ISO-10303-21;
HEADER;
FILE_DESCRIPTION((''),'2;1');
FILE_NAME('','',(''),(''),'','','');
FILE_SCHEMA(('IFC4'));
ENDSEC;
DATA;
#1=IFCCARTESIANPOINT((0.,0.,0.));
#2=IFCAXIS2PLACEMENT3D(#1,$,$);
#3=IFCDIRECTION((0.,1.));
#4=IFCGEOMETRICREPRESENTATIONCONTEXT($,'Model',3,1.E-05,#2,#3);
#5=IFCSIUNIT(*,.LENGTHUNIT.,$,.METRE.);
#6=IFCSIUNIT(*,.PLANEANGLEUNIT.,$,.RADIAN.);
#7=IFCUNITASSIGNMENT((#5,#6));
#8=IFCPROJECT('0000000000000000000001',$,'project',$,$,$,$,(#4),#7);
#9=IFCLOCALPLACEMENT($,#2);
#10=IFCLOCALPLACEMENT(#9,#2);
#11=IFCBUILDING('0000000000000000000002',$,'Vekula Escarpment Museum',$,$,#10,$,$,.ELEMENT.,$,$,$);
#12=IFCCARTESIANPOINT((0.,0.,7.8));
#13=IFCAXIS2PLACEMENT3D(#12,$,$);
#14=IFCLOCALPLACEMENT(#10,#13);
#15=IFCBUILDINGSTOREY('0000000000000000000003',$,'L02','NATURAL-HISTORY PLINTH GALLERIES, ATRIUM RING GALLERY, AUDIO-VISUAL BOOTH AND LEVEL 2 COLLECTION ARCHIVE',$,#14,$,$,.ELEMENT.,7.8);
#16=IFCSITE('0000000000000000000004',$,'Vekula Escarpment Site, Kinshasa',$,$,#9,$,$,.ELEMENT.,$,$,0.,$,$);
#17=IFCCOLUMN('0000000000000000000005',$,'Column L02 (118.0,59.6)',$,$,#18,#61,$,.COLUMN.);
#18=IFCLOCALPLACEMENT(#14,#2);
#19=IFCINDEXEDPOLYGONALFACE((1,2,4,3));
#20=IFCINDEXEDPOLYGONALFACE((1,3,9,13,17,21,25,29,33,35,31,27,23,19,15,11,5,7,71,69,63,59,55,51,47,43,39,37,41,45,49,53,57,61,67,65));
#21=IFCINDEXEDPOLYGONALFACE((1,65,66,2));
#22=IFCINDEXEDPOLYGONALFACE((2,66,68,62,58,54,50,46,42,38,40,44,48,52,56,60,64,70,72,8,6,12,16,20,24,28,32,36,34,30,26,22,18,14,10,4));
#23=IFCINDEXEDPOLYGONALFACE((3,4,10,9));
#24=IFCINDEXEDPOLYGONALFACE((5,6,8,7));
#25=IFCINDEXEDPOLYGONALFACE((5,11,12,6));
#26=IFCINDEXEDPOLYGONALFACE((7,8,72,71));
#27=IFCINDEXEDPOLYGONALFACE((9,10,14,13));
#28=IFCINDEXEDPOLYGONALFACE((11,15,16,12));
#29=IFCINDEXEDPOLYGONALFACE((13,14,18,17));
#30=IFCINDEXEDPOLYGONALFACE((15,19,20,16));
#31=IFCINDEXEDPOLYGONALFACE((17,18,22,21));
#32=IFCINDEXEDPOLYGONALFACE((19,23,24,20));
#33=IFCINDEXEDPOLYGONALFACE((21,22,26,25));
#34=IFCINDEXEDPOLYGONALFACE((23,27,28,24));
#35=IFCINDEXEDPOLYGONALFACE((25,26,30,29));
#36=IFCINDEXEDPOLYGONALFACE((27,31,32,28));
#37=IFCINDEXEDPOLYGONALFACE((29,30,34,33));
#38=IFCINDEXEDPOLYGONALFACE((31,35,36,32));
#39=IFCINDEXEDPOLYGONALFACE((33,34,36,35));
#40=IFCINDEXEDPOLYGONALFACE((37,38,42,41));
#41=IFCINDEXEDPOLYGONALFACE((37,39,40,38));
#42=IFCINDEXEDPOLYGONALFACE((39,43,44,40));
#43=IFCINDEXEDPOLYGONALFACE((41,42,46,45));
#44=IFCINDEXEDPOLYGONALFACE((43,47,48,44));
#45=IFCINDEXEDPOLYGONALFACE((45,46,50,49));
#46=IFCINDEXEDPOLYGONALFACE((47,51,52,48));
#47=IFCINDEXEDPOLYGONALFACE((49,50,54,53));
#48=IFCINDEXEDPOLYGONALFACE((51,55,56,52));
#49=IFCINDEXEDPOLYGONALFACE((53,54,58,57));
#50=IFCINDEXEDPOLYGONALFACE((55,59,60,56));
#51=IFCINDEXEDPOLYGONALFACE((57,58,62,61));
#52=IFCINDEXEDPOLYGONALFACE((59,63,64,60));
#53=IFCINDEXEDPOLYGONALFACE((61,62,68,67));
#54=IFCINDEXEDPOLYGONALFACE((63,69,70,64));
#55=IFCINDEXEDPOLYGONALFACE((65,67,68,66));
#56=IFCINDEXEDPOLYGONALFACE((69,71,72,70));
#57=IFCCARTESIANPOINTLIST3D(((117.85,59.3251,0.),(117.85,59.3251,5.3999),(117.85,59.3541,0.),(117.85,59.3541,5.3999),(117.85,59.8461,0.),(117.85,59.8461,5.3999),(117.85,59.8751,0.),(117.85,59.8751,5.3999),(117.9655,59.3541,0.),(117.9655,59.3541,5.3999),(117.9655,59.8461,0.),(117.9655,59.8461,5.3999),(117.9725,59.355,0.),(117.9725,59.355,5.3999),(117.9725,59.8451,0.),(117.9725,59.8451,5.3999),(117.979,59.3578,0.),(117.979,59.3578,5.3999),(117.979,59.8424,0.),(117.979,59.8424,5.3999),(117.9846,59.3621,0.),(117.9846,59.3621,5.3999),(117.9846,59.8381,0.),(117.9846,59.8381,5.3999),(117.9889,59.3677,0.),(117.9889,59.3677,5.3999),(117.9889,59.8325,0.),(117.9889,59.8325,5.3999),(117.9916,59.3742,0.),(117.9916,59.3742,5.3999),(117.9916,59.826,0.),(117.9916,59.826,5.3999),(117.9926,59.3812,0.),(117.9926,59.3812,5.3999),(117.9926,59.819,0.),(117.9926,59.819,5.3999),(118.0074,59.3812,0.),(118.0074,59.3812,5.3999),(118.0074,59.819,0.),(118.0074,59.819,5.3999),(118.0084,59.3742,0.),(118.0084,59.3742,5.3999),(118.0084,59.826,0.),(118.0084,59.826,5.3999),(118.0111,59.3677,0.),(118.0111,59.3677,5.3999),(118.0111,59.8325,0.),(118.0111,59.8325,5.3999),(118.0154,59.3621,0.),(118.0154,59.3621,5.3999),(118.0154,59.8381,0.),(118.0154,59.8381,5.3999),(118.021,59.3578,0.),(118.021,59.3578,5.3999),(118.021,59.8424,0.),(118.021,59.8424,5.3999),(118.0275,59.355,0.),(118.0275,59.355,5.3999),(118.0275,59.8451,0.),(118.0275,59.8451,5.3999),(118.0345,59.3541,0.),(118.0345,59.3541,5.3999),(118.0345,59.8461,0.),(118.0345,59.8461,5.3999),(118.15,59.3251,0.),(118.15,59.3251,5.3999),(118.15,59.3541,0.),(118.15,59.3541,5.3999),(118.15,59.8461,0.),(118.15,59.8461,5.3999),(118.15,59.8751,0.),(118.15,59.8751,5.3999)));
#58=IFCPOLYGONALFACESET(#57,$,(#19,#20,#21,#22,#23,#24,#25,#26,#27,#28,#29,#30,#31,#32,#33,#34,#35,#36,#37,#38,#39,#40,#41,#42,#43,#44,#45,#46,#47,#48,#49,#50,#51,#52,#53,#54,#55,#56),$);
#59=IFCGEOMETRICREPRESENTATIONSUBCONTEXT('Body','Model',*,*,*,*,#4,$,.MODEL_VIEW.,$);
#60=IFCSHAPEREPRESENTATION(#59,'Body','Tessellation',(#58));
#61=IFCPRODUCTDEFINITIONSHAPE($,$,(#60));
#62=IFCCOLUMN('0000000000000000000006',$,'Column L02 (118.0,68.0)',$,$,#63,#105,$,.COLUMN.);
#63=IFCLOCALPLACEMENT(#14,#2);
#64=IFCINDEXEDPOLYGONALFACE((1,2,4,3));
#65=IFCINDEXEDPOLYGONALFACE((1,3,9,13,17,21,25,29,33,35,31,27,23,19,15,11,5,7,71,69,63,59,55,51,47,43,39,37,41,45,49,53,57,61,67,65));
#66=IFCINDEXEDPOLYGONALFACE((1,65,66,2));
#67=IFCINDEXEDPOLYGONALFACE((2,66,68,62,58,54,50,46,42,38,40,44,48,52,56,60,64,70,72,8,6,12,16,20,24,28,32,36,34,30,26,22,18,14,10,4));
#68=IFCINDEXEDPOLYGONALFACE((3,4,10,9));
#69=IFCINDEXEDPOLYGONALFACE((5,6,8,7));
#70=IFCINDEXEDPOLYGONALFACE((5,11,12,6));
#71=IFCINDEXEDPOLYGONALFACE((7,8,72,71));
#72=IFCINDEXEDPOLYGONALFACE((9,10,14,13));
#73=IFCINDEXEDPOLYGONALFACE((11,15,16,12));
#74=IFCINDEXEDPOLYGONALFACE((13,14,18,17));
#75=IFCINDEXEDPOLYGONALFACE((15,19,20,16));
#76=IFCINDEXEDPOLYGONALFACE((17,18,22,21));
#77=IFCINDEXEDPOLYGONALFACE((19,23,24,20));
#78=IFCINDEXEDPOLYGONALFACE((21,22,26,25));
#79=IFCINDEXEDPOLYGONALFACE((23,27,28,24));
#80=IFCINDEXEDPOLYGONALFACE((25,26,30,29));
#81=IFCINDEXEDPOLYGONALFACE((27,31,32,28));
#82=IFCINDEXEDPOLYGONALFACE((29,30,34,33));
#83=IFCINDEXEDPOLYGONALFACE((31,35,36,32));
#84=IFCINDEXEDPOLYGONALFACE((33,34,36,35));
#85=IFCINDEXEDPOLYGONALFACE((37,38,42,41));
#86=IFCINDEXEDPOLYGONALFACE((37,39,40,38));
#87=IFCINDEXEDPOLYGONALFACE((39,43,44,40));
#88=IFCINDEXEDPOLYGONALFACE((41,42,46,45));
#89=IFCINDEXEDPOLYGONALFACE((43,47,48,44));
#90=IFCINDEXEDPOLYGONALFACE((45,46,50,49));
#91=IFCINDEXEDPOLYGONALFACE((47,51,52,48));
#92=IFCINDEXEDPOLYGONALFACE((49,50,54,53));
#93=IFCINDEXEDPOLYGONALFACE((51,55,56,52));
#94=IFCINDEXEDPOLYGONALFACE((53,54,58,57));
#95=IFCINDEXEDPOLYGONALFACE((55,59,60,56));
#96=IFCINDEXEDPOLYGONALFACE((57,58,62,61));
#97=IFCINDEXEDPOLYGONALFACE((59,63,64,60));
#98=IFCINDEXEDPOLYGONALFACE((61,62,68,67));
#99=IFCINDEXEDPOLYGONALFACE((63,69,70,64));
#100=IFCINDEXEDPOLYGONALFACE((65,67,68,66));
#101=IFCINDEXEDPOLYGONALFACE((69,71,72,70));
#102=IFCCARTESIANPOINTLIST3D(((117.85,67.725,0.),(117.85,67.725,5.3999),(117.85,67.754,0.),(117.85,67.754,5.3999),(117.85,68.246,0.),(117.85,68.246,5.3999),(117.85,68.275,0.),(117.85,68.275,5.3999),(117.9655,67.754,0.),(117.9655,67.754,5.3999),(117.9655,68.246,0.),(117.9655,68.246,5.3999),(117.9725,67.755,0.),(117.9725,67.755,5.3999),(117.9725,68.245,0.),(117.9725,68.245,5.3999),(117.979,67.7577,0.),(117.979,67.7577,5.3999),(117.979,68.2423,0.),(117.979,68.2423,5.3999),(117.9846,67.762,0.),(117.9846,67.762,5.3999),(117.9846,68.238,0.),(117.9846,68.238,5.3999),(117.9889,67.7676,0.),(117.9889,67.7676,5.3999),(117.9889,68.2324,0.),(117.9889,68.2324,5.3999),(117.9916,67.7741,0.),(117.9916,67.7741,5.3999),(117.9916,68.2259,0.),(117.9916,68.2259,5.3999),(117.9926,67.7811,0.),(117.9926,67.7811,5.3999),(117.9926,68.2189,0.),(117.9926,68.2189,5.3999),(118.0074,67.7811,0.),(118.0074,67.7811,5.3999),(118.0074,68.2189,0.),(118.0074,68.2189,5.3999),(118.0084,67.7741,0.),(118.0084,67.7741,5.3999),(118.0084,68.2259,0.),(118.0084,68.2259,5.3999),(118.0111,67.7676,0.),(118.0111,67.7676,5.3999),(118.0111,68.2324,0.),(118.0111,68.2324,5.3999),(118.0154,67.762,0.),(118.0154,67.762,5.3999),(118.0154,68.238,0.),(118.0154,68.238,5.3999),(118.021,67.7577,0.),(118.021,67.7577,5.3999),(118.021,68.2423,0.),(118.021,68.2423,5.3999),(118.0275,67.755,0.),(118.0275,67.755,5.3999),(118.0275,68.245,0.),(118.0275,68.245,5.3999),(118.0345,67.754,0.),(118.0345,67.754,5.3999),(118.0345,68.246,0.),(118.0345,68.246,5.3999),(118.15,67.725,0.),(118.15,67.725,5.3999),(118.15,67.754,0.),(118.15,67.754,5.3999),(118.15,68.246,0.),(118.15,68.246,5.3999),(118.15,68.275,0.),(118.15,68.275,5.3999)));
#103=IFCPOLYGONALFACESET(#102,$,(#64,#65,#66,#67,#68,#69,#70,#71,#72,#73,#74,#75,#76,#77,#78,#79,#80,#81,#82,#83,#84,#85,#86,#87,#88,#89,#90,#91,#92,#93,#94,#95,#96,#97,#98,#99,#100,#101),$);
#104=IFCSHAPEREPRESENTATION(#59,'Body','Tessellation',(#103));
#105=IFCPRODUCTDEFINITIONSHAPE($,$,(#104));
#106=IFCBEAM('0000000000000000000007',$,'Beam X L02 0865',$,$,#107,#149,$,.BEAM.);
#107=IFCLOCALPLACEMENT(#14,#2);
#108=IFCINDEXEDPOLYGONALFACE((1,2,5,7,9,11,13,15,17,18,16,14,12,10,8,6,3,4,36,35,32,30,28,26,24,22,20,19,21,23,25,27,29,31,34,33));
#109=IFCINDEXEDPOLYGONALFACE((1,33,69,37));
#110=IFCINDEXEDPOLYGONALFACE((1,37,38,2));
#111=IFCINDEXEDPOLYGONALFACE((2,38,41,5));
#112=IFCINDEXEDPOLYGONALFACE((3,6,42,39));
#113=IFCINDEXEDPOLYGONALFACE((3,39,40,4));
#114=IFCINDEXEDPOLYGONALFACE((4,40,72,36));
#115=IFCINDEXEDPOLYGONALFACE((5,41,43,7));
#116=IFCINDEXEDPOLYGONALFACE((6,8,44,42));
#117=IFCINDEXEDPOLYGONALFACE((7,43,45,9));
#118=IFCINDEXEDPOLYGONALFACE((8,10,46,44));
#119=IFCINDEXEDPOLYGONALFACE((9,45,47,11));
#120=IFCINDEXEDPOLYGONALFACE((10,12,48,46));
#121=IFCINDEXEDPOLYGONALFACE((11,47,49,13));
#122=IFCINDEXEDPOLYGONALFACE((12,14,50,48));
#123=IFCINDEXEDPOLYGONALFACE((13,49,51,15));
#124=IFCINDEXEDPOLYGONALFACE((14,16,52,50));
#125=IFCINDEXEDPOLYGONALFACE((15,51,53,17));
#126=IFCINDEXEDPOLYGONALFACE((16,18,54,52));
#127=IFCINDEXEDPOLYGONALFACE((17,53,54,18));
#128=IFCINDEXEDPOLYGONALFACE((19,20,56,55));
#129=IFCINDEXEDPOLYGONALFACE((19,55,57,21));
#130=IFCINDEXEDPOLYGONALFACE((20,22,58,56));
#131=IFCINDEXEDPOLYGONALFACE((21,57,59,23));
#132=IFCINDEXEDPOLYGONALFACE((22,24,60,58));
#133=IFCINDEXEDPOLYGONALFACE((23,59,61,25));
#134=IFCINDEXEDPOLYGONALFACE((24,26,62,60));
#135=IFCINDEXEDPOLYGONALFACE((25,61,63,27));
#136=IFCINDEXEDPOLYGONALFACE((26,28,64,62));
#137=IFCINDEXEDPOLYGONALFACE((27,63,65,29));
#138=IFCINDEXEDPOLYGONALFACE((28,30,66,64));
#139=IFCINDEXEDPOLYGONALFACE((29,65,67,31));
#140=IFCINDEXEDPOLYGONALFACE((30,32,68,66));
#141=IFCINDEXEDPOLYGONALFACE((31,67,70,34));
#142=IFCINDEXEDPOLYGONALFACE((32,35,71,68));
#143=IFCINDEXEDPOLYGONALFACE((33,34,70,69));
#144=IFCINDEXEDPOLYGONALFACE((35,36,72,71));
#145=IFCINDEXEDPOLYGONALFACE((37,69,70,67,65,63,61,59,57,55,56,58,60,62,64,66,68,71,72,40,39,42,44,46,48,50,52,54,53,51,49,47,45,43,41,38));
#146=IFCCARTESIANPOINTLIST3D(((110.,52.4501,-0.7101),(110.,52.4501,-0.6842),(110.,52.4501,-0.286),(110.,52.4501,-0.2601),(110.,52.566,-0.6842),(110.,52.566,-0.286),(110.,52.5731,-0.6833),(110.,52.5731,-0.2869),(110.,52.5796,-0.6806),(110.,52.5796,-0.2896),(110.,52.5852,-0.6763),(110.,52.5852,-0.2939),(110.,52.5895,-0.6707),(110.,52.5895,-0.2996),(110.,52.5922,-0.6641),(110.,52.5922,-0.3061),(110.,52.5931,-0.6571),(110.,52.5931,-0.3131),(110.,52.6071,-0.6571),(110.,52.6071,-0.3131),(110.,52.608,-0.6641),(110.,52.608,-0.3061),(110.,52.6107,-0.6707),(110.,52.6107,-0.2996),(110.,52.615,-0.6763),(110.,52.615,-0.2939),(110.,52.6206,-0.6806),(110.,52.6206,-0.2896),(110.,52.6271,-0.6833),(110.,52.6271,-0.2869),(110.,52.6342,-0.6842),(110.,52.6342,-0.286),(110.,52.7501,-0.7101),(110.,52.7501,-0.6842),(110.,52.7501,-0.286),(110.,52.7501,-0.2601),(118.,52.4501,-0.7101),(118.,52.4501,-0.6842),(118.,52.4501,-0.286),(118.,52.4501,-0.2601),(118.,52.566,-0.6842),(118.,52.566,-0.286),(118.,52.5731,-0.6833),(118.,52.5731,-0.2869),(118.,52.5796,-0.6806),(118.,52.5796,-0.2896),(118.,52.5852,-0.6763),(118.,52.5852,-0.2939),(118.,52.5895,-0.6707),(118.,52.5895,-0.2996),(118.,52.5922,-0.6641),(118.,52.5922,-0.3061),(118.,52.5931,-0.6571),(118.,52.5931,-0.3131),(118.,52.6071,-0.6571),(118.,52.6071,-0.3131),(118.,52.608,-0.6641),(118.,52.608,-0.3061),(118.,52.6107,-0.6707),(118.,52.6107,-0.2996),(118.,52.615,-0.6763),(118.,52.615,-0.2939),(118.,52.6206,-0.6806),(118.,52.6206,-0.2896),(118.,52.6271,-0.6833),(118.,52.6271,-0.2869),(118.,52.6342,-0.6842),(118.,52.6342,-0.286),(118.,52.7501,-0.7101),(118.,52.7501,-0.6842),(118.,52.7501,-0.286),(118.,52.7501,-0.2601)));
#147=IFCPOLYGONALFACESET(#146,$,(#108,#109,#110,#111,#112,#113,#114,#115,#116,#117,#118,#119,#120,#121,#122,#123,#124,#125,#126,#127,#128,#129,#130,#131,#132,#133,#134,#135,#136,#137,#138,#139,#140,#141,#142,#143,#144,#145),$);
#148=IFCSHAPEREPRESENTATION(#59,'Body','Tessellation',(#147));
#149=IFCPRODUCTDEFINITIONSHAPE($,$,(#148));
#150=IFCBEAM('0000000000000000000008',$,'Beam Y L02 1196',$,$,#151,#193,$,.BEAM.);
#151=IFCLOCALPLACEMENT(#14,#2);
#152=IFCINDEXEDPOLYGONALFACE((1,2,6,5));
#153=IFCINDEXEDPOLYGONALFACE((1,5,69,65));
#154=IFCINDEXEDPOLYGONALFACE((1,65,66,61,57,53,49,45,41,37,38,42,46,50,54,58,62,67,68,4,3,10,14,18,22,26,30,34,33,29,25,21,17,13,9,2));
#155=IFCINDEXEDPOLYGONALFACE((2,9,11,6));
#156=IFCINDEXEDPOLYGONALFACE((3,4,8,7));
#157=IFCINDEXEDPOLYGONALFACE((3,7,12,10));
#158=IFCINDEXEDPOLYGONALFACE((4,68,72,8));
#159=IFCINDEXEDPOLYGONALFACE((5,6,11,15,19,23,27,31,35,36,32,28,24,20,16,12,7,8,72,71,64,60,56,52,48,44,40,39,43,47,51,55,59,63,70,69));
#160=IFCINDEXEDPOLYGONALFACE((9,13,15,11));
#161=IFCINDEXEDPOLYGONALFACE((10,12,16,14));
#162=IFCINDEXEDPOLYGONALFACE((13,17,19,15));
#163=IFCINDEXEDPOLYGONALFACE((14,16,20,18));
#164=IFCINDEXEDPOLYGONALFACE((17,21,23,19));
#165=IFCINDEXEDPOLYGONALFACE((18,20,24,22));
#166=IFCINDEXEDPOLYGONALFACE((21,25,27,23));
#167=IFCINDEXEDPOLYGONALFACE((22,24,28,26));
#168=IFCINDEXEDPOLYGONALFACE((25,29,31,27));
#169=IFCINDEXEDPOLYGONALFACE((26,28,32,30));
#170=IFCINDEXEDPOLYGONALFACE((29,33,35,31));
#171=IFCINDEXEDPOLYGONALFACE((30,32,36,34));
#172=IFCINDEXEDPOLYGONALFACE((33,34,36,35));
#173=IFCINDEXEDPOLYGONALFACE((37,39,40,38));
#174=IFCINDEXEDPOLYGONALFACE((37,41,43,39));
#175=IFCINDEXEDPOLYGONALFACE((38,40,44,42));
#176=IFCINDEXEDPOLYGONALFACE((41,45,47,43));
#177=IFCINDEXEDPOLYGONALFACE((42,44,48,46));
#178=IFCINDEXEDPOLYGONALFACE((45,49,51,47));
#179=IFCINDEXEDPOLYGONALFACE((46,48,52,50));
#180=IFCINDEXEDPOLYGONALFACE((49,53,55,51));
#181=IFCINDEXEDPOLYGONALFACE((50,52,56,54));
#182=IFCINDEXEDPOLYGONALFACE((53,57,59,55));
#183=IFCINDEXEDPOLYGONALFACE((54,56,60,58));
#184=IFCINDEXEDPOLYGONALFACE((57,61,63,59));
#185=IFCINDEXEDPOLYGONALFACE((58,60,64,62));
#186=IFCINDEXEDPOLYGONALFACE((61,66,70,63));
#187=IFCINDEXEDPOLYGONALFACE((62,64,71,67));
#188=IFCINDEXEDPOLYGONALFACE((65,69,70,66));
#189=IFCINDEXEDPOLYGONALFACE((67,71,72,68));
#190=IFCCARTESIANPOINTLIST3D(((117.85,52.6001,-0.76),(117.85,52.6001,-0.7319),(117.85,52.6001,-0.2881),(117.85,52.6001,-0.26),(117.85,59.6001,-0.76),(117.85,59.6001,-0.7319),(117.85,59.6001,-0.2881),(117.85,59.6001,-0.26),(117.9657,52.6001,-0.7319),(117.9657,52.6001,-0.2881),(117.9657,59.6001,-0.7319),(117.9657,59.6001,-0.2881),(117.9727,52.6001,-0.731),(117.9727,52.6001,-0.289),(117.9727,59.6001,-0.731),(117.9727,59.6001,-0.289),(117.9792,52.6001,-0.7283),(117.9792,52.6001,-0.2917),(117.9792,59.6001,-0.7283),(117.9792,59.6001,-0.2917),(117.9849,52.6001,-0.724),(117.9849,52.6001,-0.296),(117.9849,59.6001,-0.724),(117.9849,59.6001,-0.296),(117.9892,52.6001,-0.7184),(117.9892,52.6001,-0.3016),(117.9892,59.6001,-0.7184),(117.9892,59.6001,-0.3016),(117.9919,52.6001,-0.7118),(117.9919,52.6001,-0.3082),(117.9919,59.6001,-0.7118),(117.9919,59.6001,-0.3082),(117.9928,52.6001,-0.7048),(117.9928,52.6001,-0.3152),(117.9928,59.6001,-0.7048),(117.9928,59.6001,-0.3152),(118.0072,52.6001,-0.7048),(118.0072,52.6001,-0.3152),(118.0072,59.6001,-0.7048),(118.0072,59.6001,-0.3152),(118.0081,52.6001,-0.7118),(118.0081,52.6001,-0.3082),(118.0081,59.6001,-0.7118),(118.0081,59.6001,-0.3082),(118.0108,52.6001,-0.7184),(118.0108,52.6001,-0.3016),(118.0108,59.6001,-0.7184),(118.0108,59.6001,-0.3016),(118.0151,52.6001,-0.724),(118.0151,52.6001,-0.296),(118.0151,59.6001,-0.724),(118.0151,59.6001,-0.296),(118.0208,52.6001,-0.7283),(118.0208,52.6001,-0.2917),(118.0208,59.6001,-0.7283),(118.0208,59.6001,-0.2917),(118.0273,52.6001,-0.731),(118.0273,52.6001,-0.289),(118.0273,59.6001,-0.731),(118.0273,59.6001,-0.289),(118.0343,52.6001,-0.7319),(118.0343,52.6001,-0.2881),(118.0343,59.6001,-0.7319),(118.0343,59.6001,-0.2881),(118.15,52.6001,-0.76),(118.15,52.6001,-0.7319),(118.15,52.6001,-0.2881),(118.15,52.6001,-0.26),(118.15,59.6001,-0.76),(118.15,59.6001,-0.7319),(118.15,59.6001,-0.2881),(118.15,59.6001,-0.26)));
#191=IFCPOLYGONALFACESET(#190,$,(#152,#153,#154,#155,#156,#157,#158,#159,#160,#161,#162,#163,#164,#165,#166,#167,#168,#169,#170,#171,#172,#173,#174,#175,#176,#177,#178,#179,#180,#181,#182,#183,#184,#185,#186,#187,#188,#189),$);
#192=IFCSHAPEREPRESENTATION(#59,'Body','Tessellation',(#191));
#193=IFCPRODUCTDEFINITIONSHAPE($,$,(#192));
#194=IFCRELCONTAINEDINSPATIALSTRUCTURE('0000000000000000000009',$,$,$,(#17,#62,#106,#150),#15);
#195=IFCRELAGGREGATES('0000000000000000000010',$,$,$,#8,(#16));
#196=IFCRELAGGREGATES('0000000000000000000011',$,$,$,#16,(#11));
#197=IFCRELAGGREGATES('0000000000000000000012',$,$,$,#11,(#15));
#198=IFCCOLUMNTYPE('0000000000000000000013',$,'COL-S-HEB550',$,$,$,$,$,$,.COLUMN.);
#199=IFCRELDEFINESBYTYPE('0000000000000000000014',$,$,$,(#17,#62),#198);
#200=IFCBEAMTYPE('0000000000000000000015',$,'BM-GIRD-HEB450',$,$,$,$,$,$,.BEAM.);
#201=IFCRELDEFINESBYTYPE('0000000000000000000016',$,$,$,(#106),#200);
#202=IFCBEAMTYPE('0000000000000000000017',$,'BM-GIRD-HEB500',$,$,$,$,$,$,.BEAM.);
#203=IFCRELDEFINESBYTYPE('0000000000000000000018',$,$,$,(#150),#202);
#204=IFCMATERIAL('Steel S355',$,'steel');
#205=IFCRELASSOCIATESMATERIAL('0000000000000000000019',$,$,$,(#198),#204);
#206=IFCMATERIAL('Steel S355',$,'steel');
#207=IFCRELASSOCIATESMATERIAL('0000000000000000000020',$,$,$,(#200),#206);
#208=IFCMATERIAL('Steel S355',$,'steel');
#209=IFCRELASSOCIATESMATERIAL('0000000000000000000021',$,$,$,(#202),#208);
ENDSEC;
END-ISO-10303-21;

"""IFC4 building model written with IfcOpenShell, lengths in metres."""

from ifc_helpers import new_model, si_unit, direction, frame, origin, origin_2d, place, context, subcontext, project, spatial, i_section, extrude, material, material_profile, profile_set, type_object, element, save


model = new_model("IFC4")

# Units and contexts
model_context = context("Model", 3, precision=1e-05, world=origin(), true_north=direction((0.0, 1.0)))
body_context = subcontext(model_context, "Body", "Model", "MODEL_VIEW")
ifc_project = project(units=[si_unit("LENGTHUNIT", "METRE"), si_unit("PLANEANGLEUNIT", "RADIAN")], contexts=[model_context])

# Site, building, storey
site_placement = place(None, origin())
site = spatial("IfcSite", under=ifc_project, at=site_placement, Name="Vekula Escarpment Site, Kinshasa", CompositionType="ELEMENT", RefElevation=0.0)
building_placement = place(site_placement, origin())
building = spatial("IfcBuilding", under=site, at=building_placement, Name="Vekula Escarpment Museum", CompositionType="ELEMENT")
storey_placement = place(building_placement, frame((0.0, 0.0, 7.8)))
storey = spatial("IfcBuildingStorey", under=building, at=storey_placement, Name="L02", Description="NATURAL-HISTORY PLINTH GALLERIES, ATRIUM RING GALLERY, AUDIO-VISUAL BOOTH AND LEVEL 2 COLLECTION ARCHIVE", CompositionType="ELEMENT", Elevation=7.8)

# Columns
ifc_material_1 = material(Name="Steel S355", Category="steel")
ifc_material_profile_1 = material_profile(ifc_material_1, i_section(OverallWidth=0.3, OverallDepth=0.55, WebThickness=0.0149, FlangeThickness=0.0291, FilletRadius=0.0271, at=origin_2d()), Name="HEB 550")
ifc_profile_set_1 = profile_set([ifc_material_profile_1], Name="Steel S355")
column_type = type_object("IfcColumnType", Name="COL-S-HEB550", PredefinedType="COLUMN", material=ifc_profile_set_1)
for number, where, z_axis, x_axis, name in (
    (1, (118.0, 59.6001, 0.0), (0.0, 0.0, 1.0), (1.0, 0.0, 0.0), "Column L02 (118.0,59.6)"),
    (2, (118.0, 68.0, 0.0), (0.0, 0.0, 1.0), (1.0, 0.0, 0.0), "Column L02 (118.0,68.0)"),
):
    element("IfcColumn", number, at=place(storey_placement, frame(where, z_axis=z_axis, x_axis=x_axis)), inside=storey, type_object=column_type, Name=name, PredefinedType="COLUMN", context=body_context, shape_type="SweptSolid", body=[
        extrude(i_section(OverallWidth=0.3, OverallDepth=0.55, WebThickness=0.0149, FlangeThickness=0.0291, FilletRadius=0.0271, at=origin_2d()), origin(), (0.0, 0.0, 1.0), 5.3999),
    ])

# Beams
ifc_material_2 = material(Name="Steel S355", Category="steel")
ifc_material_profile_2 = material_profile(ifc_material_2, i_section(OverallWidth=0.3, OverallDepth=0.45, WebThickness=0.0139, FlangeThickness=0.0259, FilletRadius=0.0271, at=origin_2d()), Name="HEB 450")
ifc_profile_set_2 = profile_set([ifc_material_profile_2], Name="Steel S355")
beam_type_1 = type_object("IfcBeamType", Name="BM-GIRD-HEB450", PredefinedType="BEAM", material=ifc_profile_set_2)
beam_1_placement = place(storey_placement, frame((110.0, 52.6001, -0.4851), z_axis=(1.0, 0.0, 0.0), x_axis=(0.0, 1.0, 0.0)))
element("IfcBeam", 3, at=beam_1_placement, inside=storey, type_object=beam_type_1, Name="Beam X L02 0865", PredefinedType="BEAM", context=body_context, shape_type="SweptSolid", body=[
    extrude(i_section(OverallWidth=0.3, OverallDepth=0.45, WebThickness=0.0139, FlangeThickness=0.0259, FilletRadius=0.0271, at=origin_2d()), origin(), (0.0, 0.0, 1.0), 8.0),
])
ifc_material_3 = material(Name="Steel S355", Category="steel")
ifc_material_profile_3 = material_profile(ifc_material_3, i_section(OverallWidth=0.3, OverallDepth=0.5, WebThickness=0.0144, FlangeThickness=0.0281, FilletRadius=0.0271, at=origin_2d()), Name="HEB 500")
ifc_profile_set_3 = profile_set([ifc_material_profile_3], Name="Steel S355")
beam_type_2 = type_object("IfcBeamType", Name="BM-GIRD-HEB500", PredefinedType="BEAM", material=ifc_profile_set_3)
beam_2_placement = place(storey_placement, frame((118.0, 52.6001, -0.51), z_axis=(0.0, 1.0, 0.0), x_axis=(-1.0, 0.0, 0.0)))
element("IfcBeam", 4, at=beam_2_placement, inside=storey, type_object=beam_type_2, Name="Beam Y L02 1196", PredefinedType="BEAM", context=body_context, shape_type="SweptSolid", body=[
    extrude(i_section(OverallWidth=0.3, OverallDepth=0.5, WebThickness=0.0144, FlangeThickness=0.0281, FilletRadius=0.0271, at=origin_2d()), origin(), (0.0, 0.0, 1.0), 7.0),
])

save(model, "model.ifc")
